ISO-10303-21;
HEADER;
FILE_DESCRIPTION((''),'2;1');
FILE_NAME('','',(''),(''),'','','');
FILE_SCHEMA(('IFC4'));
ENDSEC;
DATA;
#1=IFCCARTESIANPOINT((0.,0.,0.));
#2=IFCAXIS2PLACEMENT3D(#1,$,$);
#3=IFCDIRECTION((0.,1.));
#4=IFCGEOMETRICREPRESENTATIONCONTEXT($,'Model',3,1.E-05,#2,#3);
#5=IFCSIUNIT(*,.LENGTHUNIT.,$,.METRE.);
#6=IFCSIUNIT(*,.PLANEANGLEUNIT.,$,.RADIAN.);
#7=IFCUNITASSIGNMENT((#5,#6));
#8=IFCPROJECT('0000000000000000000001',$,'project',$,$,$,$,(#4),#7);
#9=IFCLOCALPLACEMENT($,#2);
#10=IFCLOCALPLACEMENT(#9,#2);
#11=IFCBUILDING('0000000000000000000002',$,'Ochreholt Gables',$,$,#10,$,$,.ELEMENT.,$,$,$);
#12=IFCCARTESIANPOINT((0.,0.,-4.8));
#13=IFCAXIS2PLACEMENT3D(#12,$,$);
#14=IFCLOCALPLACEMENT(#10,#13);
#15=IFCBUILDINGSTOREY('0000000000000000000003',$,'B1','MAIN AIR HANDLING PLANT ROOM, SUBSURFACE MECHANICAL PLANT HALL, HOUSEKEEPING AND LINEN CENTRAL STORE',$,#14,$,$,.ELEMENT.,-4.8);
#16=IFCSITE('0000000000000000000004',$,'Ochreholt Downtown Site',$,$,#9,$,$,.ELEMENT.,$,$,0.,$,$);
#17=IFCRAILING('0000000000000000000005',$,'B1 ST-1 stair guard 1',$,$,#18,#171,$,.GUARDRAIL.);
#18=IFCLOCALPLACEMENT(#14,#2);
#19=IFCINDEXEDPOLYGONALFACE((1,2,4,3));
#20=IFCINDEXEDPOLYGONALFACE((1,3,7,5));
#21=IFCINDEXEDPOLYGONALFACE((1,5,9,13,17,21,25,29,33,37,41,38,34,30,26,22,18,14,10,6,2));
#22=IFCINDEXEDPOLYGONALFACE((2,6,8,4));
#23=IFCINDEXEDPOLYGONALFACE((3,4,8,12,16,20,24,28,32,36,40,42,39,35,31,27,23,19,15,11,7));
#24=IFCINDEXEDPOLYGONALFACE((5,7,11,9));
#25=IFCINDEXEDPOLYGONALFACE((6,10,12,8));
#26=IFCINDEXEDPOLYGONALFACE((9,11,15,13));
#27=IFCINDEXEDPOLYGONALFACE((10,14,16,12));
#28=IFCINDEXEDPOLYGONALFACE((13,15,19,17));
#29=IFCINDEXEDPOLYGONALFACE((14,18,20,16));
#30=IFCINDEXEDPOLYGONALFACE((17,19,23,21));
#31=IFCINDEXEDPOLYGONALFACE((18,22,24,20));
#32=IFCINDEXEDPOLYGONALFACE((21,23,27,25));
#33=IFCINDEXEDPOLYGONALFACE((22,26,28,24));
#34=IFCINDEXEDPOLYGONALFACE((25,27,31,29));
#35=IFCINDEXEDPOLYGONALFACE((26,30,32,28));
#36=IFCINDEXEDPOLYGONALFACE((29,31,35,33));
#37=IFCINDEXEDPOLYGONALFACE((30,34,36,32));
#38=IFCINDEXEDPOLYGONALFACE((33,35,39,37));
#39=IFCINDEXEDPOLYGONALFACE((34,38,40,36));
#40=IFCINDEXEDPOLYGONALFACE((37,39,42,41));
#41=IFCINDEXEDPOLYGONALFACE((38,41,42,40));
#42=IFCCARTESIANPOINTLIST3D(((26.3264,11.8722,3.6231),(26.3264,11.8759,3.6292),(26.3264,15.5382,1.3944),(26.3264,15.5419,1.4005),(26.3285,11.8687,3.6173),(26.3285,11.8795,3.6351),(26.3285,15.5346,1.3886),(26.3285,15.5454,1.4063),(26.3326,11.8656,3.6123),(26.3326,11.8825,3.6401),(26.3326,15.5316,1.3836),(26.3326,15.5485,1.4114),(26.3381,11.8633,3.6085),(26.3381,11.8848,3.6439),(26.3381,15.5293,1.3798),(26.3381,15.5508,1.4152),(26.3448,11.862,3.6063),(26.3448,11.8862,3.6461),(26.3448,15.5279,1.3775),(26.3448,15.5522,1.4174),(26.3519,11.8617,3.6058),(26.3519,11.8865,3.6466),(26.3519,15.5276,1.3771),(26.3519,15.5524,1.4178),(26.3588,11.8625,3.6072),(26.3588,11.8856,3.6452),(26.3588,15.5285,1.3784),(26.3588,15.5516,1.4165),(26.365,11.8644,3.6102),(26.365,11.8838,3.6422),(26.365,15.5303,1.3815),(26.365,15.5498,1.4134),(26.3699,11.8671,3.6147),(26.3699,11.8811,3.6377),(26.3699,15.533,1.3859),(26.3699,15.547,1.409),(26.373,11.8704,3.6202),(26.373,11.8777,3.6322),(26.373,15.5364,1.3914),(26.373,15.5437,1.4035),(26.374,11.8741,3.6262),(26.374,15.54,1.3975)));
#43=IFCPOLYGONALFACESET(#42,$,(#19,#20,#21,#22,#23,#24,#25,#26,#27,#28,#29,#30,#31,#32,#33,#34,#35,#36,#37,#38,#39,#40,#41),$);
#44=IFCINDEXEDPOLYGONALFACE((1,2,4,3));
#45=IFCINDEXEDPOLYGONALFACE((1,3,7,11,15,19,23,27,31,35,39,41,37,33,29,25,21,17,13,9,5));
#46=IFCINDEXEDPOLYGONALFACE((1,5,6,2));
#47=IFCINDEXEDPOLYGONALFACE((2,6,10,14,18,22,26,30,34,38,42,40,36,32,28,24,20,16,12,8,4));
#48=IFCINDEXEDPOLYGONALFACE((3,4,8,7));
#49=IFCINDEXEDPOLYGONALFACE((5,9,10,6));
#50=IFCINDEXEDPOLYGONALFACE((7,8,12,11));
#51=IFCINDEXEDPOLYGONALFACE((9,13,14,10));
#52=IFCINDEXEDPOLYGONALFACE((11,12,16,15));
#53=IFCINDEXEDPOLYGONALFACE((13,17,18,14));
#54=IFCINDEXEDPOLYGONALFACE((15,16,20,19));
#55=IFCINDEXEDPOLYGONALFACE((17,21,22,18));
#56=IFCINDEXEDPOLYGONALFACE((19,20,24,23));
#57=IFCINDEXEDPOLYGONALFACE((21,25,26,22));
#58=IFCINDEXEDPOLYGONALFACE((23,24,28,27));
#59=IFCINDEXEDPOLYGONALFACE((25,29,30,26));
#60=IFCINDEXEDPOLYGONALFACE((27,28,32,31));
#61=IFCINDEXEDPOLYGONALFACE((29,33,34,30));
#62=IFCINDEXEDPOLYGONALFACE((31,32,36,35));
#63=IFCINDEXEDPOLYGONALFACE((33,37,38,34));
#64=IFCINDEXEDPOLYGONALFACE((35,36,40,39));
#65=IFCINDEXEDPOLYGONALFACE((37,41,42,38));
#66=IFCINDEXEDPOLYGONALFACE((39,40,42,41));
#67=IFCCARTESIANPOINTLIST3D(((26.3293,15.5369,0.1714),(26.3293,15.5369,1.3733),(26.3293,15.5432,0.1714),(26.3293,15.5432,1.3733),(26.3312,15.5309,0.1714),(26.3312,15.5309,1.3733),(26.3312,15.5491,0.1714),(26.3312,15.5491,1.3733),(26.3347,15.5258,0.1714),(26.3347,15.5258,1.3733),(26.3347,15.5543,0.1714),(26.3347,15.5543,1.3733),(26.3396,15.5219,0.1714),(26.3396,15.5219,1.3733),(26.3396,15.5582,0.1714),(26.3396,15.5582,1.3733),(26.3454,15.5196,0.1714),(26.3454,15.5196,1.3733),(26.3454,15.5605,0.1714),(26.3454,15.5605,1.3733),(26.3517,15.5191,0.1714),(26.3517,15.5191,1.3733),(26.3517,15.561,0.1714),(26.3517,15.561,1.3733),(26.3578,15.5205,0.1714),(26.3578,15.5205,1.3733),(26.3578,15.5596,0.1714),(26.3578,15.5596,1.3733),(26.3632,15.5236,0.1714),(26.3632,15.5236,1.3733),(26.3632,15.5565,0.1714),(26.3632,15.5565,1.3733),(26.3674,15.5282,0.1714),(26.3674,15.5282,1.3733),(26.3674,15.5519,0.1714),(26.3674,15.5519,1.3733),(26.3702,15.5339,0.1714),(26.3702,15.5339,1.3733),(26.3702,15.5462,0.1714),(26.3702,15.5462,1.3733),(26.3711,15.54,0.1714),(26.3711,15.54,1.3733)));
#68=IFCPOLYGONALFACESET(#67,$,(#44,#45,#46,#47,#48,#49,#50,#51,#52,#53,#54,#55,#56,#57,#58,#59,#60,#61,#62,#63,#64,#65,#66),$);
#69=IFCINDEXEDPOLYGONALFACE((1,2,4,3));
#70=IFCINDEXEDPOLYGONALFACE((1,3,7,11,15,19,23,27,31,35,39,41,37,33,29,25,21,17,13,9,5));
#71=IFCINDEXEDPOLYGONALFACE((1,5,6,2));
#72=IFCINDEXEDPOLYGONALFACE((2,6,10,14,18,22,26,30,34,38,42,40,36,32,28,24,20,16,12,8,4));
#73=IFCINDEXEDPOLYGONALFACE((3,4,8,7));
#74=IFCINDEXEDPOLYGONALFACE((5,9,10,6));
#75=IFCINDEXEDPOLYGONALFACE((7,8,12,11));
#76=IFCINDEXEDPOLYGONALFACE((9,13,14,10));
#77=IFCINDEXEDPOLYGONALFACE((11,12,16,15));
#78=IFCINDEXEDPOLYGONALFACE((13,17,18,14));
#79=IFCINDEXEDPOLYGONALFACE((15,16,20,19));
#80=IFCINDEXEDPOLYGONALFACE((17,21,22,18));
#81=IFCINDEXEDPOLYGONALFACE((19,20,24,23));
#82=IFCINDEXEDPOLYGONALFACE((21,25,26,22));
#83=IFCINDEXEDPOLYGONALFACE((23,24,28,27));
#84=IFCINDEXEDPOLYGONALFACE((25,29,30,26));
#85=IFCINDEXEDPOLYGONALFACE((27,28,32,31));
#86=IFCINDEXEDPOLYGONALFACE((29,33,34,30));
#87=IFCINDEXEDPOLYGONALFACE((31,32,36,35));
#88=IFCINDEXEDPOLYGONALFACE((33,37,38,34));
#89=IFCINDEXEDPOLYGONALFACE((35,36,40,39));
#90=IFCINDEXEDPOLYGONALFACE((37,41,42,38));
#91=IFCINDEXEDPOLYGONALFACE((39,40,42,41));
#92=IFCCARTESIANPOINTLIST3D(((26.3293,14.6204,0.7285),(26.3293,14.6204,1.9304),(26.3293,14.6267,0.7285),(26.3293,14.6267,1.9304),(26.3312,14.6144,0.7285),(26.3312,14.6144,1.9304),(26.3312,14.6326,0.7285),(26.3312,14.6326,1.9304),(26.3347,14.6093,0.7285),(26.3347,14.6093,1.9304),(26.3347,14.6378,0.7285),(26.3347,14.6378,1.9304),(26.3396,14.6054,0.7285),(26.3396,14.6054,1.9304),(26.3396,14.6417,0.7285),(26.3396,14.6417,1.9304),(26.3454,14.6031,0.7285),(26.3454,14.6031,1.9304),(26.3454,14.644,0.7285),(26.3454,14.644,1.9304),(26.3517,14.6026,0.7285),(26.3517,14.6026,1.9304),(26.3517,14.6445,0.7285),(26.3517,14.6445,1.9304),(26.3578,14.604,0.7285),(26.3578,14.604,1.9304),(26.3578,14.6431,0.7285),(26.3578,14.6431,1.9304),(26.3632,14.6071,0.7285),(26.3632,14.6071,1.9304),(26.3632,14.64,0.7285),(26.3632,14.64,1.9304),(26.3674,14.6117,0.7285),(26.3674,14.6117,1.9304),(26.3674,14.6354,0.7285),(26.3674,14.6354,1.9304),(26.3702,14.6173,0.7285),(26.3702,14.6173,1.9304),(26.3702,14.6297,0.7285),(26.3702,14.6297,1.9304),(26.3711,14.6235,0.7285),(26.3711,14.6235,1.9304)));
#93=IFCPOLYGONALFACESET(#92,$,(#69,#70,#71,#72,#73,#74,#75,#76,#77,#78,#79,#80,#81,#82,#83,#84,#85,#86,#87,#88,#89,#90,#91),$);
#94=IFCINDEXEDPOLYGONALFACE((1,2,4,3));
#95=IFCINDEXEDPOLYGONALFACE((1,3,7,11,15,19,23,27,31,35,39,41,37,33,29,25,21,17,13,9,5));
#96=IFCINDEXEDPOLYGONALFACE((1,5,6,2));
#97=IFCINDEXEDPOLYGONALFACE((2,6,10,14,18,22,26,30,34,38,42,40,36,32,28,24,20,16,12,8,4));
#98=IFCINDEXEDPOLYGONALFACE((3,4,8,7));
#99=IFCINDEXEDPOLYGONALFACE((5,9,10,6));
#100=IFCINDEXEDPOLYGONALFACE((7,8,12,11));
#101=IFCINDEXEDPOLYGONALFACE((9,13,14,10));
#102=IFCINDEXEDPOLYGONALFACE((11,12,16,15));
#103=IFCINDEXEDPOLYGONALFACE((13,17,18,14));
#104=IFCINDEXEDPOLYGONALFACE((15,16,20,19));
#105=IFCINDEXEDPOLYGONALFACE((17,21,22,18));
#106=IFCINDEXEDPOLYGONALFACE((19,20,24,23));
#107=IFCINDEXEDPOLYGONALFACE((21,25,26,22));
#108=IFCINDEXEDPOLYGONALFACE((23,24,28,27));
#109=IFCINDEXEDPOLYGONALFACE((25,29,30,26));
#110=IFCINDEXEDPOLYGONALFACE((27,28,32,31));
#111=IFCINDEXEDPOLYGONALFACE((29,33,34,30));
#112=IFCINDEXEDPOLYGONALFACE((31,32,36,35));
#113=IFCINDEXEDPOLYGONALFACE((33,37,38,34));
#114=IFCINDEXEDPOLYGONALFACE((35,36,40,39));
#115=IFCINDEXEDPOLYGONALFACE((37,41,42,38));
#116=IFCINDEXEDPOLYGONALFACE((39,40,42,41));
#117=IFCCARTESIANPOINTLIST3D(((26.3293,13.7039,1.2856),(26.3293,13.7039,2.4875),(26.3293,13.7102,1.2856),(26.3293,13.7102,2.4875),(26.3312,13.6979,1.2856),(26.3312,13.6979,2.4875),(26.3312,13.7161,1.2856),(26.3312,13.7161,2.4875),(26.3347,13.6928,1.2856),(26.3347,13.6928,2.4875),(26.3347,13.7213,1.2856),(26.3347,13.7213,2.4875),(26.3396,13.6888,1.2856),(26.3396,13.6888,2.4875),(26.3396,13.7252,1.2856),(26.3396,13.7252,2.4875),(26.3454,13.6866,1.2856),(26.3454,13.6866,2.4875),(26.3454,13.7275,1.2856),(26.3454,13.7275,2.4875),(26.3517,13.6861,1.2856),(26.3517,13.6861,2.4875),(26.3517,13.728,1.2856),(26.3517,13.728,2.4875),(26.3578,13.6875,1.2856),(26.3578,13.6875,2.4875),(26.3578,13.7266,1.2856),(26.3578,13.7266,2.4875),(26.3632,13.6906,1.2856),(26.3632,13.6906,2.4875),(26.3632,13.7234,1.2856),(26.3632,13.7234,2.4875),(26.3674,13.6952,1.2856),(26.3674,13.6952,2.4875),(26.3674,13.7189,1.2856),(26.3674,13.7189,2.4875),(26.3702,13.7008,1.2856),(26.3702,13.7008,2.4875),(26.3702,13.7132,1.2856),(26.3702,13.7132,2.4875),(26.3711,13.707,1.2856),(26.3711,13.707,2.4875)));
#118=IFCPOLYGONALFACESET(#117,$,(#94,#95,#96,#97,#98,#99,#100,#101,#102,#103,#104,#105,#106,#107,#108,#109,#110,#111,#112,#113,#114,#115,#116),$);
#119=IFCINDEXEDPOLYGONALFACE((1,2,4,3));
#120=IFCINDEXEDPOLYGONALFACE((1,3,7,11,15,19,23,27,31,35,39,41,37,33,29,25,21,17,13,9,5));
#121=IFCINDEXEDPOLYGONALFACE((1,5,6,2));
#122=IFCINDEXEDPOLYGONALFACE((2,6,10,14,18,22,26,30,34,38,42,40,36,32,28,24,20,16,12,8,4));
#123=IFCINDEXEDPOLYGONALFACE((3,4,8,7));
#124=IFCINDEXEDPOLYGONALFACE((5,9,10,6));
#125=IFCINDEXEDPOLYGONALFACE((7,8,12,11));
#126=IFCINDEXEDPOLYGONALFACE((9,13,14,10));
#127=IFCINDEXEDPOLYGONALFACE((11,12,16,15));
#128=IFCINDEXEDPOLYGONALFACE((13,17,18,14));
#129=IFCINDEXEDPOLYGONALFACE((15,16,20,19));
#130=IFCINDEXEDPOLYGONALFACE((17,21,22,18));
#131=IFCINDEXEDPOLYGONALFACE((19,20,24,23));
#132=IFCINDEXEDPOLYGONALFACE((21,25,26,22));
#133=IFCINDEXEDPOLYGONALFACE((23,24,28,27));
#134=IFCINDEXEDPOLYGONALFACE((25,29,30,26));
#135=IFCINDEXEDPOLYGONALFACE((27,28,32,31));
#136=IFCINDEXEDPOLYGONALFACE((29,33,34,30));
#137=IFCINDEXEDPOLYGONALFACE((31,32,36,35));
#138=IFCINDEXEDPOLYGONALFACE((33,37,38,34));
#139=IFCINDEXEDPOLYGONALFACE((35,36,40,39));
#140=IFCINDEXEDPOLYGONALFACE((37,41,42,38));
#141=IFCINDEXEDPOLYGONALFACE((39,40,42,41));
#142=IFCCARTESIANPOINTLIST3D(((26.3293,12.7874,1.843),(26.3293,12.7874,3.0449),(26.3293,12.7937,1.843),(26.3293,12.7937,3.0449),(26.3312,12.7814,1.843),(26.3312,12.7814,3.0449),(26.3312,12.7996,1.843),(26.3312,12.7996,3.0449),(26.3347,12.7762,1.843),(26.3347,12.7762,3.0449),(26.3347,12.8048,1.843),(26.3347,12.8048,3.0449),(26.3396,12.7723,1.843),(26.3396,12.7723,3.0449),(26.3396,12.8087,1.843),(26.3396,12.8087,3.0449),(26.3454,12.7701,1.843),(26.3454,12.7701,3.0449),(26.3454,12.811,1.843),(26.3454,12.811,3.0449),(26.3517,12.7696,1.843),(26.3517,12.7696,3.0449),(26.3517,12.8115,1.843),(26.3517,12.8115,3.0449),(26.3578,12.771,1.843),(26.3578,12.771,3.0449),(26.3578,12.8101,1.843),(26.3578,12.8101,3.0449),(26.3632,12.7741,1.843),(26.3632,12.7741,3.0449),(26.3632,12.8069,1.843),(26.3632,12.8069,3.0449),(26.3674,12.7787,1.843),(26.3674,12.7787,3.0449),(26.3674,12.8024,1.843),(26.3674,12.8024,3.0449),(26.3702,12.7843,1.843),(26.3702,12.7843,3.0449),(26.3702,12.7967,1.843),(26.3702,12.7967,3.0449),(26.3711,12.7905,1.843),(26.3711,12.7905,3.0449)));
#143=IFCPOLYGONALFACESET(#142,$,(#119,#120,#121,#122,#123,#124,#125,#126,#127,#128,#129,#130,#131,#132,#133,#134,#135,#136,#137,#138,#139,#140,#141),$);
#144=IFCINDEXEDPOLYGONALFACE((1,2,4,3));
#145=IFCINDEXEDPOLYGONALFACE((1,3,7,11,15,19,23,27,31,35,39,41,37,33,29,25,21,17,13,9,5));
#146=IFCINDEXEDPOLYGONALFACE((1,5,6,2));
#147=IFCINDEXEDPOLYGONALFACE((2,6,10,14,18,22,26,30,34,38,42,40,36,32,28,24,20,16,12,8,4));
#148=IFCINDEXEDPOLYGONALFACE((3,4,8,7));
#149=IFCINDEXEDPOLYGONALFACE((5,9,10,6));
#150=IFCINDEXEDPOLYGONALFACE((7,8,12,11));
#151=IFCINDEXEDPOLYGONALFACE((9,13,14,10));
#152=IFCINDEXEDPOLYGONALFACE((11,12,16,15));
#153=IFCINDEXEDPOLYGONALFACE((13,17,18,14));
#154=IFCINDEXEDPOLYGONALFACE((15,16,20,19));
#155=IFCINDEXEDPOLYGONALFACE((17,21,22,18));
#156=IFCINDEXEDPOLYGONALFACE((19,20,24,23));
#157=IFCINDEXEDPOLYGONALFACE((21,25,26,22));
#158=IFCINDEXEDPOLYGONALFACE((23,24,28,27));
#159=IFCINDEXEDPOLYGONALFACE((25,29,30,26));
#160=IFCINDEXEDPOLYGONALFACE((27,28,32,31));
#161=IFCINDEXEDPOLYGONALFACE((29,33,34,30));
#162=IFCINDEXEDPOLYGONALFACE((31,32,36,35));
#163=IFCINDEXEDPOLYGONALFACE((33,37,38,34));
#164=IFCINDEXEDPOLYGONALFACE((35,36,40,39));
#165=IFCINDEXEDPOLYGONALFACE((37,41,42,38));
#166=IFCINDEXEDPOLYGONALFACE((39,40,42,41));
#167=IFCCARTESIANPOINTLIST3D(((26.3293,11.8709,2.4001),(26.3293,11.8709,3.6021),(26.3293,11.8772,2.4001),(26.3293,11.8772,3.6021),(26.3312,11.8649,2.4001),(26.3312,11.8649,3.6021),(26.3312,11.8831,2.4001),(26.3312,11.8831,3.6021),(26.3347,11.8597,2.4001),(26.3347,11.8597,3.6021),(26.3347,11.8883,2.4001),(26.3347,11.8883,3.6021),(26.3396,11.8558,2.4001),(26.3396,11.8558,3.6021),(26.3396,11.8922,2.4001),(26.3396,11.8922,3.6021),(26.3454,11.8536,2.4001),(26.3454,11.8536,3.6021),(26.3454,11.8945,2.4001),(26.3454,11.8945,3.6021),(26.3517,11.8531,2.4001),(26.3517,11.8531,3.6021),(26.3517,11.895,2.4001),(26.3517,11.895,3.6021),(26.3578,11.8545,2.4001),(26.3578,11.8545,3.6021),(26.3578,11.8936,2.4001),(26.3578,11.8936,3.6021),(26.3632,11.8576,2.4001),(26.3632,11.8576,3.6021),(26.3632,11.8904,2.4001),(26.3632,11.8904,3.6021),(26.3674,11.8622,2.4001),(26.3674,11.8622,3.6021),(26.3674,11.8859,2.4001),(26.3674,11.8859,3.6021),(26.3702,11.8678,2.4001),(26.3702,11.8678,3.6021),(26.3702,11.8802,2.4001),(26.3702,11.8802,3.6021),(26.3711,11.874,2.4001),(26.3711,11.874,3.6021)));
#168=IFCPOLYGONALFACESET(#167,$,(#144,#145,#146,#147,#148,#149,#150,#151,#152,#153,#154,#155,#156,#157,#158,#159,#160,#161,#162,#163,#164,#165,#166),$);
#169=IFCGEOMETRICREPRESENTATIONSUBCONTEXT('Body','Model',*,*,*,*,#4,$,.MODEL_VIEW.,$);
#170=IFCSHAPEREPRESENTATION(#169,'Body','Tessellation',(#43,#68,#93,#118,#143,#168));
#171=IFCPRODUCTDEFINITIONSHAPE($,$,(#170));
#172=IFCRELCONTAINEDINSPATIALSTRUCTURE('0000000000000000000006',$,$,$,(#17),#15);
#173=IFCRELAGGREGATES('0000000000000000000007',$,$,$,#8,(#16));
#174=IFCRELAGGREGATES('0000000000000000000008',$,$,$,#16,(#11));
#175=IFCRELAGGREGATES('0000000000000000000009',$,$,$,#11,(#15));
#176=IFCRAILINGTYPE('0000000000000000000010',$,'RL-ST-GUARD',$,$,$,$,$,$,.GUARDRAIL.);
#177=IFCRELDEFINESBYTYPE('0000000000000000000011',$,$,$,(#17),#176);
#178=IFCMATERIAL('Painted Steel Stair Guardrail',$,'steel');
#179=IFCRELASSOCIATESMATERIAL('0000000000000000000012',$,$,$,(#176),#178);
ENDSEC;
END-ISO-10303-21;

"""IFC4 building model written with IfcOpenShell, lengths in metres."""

from ifc_helpers import new_model, si_unit, direction, frame, origin, origin_2d, place, context, subcontext, project, spatial, circle, extrude, material, type_object, element, save


model = new_model("IFC4")

# Units and contexts
model_context = context("Model", 3, precision=1e-05, world=origin(), true_north=direction((0.0, 1.0)))
body_context = subcontext(model_context, "Body", "Model", "MODEL_VIEW")
ifc_project = project(units=[si_unit("LENGTHUNIT", "METRE"), si_unit("PLANEANGLEUNIT", "RADIAN")], contexts=[model_context])

# Site, building, storey
site_placement = place(None, origin())
site = spatial("IfcSite", under=ifc_project, at=site_placement, Name="Ochreholt Downtown Site", CompositionType="ELEMENT", RefElevation=0.0)
building_placement = place(site_placement, origin())
building = spatial("IfcBuilding", under=site, at=building_placement, Name="Ochreholt Gables", CompositionType="ELEMENT")
storey_placement = place(building_placement, frame((0.0, 0.0, -4.8)))
storey = spatial("IfcBuildingStorey", under=building, at=storey_placement, Name="B1", Description="MAIN AIR HANDLING PLANT ROOM, SUBSURFACE MECHANICAL PLANT HALL, HOUSEKEEPING AND LINEN CENTRAL STORE", CompositionType="ELEMENT", Elevation=-4.8)

# Railing
ifc_material_1 = material(Name="Painted Steel Stair Guardrail", Category="steel")
railing_type_1 = type_object("IfcRailingType", Name="RL-ST-GUARD", PredefinedType="GUARDRAIL", material=ifc_material_1)
railing_1_placement = place(storey_placement, frame((26.3501, 15.54, 0.1714)))
element("IfcRailing", 1, at=railing_1_placement, inside=storey, type_object=railing_type_1, Name="B1 ST-1 stair guard 1", PredefinedType="GUARDRAIL", context=body_context, shape_type="SweptSolid", body=[
    extrude(circle(Radius=0.0239, at=origin_2d()), frame((0.0, 0.0, 1.2261), z_axis=(0.0, -0.854481, 0.519483), x_axis=(1.0, 0.0, 0.0)), (0.0, 0.0, 1.0), 4.2903),
    extrude(circle(Radius=0.021, at=origin_2d()), origin(), (0.0, 0.0, 1.0), 1.2019),
    extrude(circle(Radius=0.021, at=origin_2d()), frame((0.0, -0.9165, 0.5571)), (0.0, 0.0, 1.0), 1.2019),
    extrude(circle(Radius=0.021, at=origin_2d()), frame((0.0, -1.833, 1.1143)), (0.0, 0.0, 1.0), 1.2019),
    extrude(circle(Radius=0.021, at=origin_2d()), frame((0.0, -2.7495, 1.6716)), (0.0, 0.0, 1.0), 1.2019),
    extrude(circle(Radius=0.021, at=origin_2d()), frame((0.0, -3.666, 2.2288)), (0.0, 0.0, 1.0), 1.2019),
])

save(model, "model.ifc")
